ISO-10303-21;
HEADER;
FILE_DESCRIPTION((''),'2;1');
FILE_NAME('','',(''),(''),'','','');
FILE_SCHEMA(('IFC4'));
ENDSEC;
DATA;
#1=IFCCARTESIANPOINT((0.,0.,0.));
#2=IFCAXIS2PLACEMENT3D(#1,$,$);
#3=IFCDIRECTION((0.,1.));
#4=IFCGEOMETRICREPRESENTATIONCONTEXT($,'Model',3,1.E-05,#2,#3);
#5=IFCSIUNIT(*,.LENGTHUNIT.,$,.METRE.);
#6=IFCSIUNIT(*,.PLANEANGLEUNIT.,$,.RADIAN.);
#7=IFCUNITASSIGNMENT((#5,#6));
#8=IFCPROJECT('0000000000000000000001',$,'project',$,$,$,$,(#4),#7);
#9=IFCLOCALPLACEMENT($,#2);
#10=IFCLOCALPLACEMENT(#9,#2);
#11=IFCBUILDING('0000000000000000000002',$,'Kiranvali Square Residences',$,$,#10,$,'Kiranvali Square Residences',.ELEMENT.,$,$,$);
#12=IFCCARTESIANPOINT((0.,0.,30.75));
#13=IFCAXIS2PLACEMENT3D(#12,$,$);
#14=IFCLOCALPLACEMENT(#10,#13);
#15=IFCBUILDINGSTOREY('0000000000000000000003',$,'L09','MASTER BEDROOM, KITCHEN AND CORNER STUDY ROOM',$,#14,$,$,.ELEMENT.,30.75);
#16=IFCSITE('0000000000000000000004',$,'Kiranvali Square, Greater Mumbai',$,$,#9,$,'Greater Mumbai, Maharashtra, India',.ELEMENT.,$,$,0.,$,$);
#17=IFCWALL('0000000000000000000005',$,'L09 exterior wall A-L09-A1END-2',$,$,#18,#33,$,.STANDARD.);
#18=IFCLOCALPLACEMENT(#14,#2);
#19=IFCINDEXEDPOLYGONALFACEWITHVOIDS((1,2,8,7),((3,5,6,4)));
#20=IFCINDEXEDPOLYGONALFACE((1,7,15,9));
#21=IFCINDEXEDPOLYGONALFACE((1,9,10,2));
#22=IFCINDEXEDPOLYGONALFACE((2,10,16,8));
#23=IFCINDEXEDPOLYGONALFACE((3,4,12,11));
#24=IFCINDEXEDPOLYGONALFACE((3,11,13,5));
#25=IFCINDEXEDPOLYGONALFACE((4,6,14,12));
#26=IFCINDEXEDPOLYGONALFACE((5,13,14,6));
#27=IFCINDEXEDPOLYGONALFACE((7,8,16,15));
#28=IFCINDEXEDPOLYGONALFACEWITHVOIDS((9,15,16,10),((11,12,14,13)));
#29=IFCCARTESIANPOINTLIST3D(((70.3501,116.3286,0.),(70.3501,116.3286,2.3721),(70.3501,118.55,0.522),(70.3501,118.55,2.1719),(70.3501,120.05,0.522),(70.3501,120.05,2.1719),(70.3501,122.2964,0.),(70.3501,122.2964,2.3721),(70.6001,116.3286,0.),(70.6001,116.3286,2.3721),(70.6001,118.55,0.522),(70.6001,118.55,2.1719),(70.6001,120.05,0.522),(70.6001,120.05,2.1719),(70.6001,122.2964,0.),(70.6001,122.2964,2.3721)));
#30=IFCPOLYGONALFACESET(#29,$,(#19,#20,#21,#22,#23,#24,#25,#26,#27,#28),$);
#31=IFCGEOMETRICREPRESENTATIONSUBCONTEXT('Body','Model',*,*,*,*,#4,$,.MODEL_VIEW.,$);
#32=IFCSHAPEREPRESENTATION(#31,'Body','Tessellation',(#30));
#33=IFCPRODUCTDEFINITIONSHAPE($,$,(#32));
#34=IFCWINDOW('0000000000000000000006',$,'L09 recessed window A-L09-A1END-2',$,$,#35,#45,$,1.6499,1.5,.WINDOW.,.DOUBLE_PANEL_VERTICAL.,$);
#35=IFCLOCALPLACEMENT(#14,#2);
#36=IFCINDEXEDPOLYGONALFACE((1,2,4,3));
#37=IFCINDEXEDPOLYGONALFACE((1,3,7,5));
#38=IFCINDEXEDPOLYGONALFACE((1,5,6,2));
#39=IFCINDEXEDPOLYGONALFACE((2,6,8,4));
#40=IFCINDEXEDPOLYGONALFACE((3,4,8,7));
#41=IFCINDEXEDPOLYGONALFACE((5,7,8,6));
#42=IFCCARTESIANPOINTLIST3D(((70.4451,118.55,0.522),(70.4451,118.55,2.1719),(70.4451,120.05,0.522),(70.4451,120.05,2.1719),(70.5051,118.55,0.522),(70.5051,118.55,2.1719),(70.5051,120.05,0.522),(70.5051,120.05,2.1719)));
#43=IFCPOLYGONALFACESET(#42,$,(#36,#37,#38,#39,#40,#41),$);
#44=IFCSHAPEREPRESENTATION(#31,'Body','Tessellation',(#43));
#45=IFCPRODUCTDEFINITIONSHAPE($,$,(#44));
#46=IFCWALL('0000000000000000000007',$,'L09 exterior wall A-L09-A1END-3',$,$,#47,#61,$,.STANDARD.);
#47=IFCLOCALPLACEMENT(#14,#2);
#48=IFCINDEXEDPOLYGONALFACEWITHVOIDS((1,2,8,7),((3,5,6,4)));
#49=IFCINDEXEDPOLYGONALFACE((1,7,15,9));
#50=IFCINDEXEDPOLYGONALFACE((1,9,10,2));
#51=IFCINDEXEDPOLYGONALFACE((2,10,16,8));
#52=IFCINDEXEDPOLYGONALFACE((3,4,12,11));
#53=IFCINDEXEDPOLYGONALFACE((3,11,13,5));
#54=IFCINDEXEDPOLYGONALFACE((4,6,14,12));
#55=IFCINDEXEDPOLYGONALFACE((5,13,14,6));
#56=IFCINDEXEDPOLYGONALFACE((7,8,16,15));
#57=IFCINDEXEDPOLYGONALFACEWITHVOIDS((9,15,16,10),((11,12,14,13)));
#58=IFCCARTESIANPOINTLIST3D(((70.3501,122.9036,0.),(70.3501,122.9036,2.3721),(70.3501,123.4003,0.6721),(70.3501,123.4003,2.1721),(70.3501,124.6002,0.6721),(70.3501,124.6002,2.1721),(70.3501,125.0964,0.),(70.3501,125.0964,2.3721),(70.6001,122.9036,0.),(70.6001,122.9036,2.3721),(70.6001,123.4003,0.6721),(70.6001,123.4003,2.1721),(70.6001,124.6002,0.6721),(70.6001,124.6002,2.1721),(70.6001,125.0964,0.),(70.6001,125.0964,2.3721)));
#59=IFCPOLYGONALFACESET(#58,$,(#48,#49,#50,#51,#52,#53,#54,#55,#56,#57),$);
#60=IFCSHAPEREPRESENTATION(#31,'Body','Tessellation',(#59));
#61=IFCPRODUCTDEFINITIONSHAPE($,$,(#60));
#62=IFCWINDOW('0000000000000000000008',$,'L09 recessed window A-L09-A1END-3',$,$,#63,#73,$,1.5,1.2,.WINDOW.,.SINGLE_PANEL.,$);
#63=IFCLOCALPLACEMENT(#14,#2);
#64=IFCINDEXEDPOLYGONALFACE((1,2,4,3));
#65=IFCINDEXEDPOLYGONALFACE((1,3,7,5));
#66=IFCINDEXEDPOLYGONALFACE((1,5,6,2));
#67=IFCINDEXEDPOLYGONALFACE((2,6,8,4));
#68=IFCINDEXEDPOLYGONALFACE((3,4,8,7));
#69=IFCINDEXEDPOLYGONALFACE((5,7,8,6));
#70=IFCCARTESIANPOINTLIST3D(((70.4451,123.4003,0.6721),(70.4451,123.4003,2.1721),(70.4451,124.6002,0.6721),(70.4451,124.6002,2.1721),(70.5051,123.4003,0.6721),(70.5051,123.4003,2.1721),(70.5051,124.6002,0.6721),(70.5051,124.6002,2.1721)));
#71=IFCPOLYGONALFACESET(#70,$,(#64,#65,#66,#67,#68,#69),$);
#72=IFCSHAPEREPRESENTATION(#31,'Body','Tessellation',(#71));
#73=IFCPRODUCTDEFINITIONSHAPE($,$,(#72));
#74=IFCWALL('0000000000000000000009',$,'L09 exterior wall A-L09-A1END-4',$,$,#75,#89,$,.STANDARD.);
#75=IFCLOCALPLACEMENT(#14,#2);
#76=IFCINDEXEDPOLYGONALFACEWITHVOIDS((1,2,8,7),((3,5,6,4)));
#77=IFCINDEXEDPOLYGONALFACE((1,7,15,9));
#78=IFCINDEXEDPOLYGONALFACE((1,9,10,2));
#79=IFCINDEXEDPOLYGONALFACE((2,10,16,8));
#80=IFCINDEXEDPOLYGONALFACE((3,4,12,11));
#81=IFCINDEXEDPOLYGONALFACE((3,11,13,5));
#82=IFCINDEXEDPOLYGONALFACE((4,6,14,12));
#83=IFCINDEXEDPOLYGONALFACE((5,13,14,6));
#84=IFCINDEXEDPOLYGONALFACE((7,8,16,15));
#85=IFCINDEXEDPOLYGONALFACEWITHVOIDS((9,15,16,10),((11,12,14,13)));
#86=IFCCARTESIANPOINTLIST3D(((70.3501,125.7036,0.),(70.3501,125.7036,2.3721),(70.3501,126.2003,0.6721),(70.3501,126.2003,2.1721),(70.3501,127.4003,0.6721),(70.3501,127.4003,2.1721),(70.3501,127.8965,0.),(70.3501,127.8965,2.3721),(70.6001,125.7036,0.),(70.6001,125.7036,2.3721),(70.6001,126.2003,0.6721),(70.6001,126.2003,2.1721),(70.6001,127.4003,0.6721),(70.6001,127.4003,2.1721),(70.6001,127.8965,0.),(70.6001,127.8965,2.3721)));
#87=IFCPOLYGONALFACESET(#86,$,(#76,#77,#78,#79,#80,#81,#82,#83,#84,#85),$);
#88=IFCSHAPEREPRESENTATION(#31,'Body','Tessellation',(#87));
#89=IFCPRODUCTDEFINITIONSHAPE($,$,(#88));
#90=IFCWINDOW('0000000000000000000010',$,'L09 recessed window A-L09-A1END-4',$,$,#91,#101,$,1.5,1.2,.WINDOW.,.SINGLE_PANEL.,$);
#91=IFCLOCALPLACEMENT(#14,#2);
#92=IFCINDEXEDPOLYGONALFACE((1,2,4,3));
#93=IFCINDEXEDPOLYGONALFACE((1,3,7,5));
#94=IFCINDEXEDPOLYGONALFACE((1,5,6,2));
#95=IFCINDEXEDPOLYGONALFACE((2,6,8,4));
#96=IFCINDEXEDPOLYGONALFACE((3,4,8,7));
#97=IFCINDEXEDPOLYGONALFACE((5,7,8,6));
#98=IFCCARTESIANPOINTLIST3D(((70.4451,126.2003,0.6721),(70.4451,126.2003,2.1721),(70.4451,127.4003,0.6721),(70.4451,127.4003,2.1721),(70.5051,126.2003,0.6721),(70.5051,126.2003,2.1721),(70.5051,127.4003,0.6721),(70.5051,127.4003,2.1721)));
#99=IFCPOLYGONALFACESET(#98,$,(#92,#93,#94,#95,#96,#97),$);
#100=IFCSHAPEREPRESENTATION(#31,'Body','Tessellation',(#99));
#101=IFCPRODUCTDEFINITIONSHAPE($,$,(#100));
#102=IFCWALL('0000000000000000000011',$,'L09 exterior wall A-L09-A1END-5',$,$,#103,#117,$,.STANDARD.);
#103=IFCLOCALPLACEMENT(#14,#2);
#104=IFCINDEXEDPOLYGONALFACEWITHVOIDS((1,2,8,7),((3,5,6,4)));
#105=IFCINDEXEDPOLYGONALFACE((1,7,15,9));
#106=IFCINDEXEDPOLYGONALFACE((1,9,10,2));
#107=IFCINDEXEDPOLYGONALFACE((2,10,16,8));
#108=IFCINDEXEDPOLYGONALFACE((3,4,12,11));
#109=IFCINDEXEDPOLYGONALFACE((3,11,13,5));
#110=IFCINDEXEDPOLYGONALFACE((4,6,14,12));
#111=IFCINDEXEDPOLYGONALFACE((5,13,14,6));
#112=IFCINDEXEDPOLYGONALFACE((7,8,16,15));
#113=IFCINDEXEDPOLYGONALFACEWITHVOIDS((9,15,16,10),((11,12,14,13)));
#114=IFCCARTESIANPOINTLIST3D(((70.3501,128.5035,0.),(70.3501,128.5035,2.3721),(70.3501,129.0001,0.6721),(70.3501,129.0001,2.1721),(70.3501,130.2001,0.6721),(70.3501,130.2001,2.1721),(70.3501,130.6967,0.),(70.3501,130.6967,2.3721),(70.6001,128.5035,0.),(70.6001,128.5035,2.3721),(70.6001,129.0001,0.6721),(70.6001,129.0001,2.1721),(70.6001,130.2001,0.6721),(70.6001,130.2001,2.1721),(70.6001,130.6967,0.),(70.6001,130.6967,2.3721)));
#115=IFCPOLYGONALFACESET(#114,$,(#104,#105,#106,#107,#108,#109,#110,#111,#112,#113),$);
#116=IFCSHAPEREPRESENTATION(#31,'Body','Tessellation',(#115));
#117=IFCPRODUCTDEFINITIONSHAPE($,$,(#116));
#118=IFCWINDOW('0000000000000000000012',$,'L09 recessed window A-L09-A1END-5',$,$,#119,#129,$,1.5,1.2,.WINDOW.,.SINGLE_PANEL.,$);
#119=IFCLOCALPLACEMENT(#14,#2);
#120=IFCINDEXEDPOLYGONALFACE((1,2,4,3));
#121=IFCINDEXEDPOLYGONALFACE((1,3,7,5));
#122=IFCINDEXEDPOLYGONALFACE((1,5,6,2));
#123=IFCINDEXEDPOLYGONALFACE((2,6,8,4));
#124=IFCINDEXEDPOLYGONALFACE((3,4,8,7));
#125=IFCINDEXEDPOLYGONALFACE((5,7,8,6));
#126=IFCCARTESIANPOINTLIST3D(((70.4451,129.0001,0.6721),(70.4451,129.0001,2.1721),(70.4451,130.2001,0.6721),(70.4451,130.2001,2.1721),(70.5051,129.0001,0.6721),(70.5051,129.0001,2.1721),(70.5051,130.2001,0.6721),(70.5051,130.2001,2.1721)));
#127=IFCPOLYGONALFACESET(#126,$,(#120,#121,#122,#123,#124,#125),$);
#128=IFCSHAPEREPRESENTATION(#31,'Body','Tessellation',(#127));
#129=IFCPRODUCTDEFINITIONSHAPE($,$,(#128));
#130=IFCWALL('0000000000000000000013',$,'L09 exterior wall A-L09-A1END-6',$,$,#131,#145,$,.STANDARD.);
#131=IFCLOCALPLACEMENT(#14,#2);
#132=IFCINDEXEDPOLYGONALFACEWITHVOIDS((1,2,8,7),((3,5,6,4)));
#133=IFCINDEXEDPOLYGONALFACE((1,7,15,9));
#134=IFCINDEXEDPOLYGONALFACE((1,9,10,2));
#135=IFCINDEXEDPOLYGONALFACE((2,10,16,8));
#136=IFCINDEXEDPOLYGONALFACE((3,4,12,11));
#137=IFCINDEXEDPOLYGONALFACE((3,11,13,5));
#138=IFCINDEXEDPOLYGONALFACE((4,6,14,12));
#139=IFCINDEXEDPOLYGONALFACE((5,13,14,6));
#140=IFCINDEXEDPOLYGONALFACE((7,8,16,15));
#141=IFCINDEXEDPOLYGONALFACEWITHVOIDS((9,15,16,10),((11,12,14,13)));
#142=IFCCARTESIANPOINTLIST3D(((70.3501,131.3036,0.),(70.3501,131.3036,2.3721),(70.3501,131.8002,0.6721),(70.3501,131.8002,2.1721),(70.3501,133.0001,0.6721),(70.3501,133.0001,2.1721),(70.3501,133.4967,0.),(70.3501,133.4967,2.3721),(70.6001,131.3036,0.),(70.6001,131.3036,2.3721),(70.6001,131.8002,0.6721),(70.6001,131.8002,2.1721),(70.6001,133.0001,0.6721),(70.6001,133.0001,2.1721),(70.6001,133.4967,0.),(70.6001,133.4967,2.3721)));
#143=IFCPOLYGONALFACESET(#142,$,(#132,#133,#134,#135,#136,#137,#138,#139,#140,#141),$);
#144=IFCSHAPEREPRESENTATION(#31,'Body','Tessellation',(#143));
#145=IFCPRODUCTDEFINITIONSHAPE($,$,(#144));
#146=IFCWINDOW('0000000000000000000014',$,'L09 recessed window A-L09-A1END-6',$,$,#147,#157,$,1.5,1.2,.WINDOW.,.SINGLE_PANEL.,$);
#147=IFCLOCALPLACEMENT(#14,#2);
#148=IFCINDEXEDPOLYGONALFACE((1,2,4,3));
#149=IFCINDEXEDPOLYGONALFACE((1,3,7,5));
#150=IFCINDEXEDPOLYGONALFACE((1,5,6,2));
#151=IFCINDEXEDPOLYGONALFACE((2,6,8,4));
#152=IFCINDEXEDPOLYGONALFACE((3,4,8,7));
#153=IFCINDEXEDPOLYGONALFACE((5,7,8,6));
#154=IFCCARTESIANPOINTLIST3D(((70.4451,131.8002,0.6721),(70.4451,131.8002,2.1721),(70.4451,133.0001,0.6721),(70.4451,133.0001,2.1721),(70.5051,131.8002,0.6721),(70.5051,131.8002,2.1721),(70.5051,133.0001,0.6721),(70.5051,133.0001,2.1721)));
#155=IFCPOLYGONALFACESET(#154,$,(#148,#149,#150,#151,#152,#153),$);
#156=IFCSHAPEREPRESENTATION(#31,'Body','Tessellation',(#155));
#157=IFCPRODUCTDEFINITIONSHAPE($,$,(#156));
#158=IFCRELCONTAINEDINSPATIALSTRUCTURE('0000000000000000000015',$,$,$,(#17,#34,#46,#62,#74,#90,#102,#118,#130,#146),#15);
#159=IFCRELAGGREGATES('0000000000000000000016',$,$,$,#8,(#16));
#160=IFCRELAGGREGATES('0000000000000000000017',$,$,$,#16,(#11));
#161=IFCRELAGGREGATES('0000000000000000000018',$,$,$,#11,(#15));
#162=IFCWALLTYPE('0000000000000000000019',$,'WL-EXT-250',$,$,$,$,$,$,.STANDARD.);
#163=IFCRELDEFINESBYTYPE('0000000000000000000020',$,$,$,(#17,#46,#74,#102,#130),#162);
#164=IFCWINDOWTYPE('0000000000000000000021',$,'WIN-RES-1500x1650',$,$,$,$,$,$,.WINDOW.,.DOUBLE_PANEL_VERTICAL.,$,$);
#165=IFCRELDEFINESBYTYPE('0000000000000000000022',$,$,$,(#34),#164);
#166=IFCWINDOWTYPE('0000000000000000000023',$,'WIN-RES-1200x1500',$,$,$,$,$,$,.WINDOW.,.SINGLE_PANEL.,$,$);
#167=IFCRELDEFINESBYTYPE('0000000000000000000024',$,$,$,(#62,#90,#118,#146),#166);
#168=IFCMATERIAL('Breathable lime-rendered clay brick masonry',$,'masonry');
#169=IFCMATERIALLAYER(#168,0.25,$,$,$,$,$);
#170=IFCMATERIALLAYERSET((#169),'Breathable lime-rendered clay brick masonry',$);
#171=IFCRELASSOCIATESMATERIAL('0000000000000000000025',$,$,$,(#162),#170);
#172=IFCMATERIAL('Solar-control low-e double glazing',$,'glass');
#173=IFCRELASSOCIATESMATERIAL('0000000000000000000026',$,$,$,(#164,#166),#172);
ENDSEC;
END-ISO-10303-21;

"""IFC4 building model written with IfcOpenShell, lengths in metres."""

from ifc_helpers import new_model, si_unit, direction, frame, frame_2d, origin, place, context, subcontext, project, spatial, rectangle, extrude, material, layer, layer_set, type_object, element, fill, save


model = new_model("IFC4")

# Units and contexts
model_context = context("Model", 3, precision=1e-05, world=origin(), true_north=direction((0.0, 1.0)))
body_context = subcontext(model_context, "Body", "Model", "MODEL_VIEW")
ifc_project = project(units=[si_unit("LENGTHUNIT", "METRE"), si_unit("PLANEANGLEUNIT", "RADIAN")], contexts=[model_context])

# Site, building, storey
site_placement = place(None, origin())
site = spatial("IfcSite", under=ifc_project, at=site_placement, Name="Kiranvali Square, Greater Mumbai", LongName="Greater Mumbai, Maharashtra, India", CompositionType="ELEMENT", RefElevation=0.0)
building_placement = place(site_placement, origin())
building = spatial("IfcBuilding", under=site, at=building_placement, Name="Kiranvali Square Residences", LongName="Kiranvali Square Residences", CompositionType="ELEMENT")
storey_placement = place(building_placement, frame((0.0, 0.0, 30.75)))
storey = spatial("IfcBuildingStorey", under=building, at=storey_placement, Name="L09", Description="MASTER BEDROOM, KITCHEN AND CORNER STUDY ROOM", CompositionType="ELEMENT", Elevation=30.75)

# Walls, openings, windows
ifc_material_1 = material(Name="Breathable lime-rendered clay brick masonry", Category="masonry")
ifc_layer_1 = layer(ifc_material_1, 0.25)
ifc_layer_set_1 = layer_set([ifc_layer_1], Name="Breathable lime-rendered clay brick masonry")
wall_type_1 = type_object("IfcWallType", Name="WL-EXT-250", PredefinedType="STANDARD", material=ifc_layer_set_1)
ifc_material_2 = material(Name="Solar-control low-e double glazing", Category="glass")
wall_1_placement = place(storey_placement, frame((70.4751, 116.3286, 0.0), z_axis=(0.0, 0.0, 1.0), x_axis=(0.0, 1.0, 0.0)))
wall_1 = element("IfcWall", 1, at=wall_1_placement, inside=storey, type_object=wall_type_1, Name="L09 exterior wall A-L09-A1END-2", PredefinedType="STANDARD", context=body_context, shape_type="SweptSolid", body=[
    extrude(rectangle(XDim=5.9678, YDim=0.25, at=frame_2d((2.9839, 0.0))), origin(), (0.0, 0.0, 1.0), 2.3721),
])
opening_1_placement = place(wall_1_placement, frame((2.2214, 0.0, 0.522)))
opening_1 = element("IfcOpeningElement", 2, at=opening_1_placement, cuts=wall_1, PredefinedType="OPENING", context=body_context, shape_type="SweptSolid", body=[
    extrude(rectangle(XDim=1.5, YDim=1.6499, at=frame_2d((0.75, 0.825))), frame((0.0, 0.135, 0.0), z_axis=(0.0, -1.0, 0.0), x_axis=(1.0, 0.0, 0.0)), (0.0, 0.0, 1.0), 0.27),
])
window_type_1 = type_object("IfcWindowType", Name="WIN-RES-1500x1650", PartitioningType="DOUBLE_PANEL_VERTICAL", PredefinedType="WINDOW", material=ifc_material_2)
window_1_placement = place(opening_1_placement, origin())
window_1 = element("IfcWindow", 3, at=window_1_placement, inside=storey, type_object=window_type_1, Name="L09 recessed window A-L09-A1END-2", OverallHeight=1.6499, OverallWidth=1.5, PartitioningType="DOUBLE_PANEL_VERTICAL", PredefinedType="WINDOW", context=body_context, shape_type="SweptSolid", body=[
    extrude(rectangle(XDim=1.5, YDim=1.6499, at=frame_2d((0.75, 0.825))), frame((0.0, 0.03, 0.0), z_axis=(0.0, -1.0, 0.0), x_axis=(1.0, 0.0, 0.0)), (0.0, 0.0, 1.0), 0.0601),
])
fill(opening_1, window_1)
wall_2_placement = place(storey_placement, frame((70.4751, 122.9036, 0.0), z_axis=(0.0, 0.0, 1.0), x_axis=(0.0, 1.0, 0.0)))
wall_2 = element("IfcWall", 4, at=wall_2_placement, inside=storey, type_object=wall_type_1, Name="L09 exterior wall A-L09-A1END-3", PredefinedType="STANDARD", context=body_context, shape_type="SweptSolid", body=[
    extrude(rectangle(XDim=2.1929, YDim=0.25, at=frame_2d((1.0964, 0.0))), origin(), (0.0, 0.0, 1.0), 2.3721),
])
opening_2_placement = place(wall_2_placement, frame((0.4966, 0.0, 0.6721)))
opening_2 = element("IfcOpeningElement", 5, at=opening_2_placement, cuts=wall_2, PredefinedType="OPENING", context=body_context, shape_type="SweptSolid", body=[
    extrude(rectangle(XDim=1.2, YDim=1.5, at=frame_2d((0.6001, 0.75))), frame((0.0, 0.135, 0.0), z_axis=(0.0, -1.0, 0.0), x_axis=(1.0, 0.0, 0.0)), (0.0, 0.0, 1.0), 0.27),
])
window_type_2 = type_object("IfcWindowType", Name="WIN-RES-1200x1500", PartitioningType="SINGLE_PANEL", PredefinedType="WINDOW", material=ifc_material_2)
window_2_placement = place(opening_2_placement, origin())
window_2 = element("IfcWindow", 6, at=window_2_placement, inside=storey, type_object=window_type_2, Name="L09 recessed window A-L09-A1END-3", OverallHeight=1.5, OverallWidth=1.2, PartitioningType="SINGLE_PANEL", PredefinedType="WINDOW", context=body_context, shape_type="SweptSolid", body=[
    extrude(rectangle(XDim=1.2, YDim=1.5, at=frame_2d((0.6001, 0.75))), frame((0.0, 0.03, 0.0), z_axis=(0.0, -1.0, 0.0), x_axis=(1.0, 0.0, 0.0)), (0.0, 0.0, 1.0), 0.0601),
])
fill(opening_2, window_2)
wall_3_placement = place(storey_placement, frame((70.4751, 125.7036, 0.0), z_axis=(0.0, 0.0, 1.0), x_axis=(0.0, 1.0, 0.0)))
wall_3 = element("IfcWall", 7, at=wall_3_placement, inside=storey, type_object=wall_type_1, Name="L09 exterior wall A-L09-A1END-4", PredefinedType="STANDARD", context=body_context, shape_type="SweptSolid", body=[
    extrude(rectangle(XDim=2.1929, YDim=0.25, at=frame_2d((1.0964, 0.0))), origin(), (0.0, 0.0, 1.0), 2.3721),
])
opening_3_placement = place(wall_3_placement, frame((0.4966, 0.0, 0.6721)))
opening_3 = element("IfcOpeningElement", 8, at=opening_3_placement, cuts=wall_3, PredefinedType="OPENING", context=body_context, shape_type="SweptSolid", body=[
    extrude(rectangle(XDim=1.2, YDim=1.5, at=frame_2d((0.6001, 0.75))), frame((0.0, 0.135, 0.0), z_axis=(0.0, -1.0, 0.0), x_axis=(1.0, 0.0, 0.0)), (0.0, 0.0, 1.0), 0.27),
])
window_3_placement = place(opening_3_placement, origin())
window_3 = element("IfcWindow", 9, at=window_3_placement, inside=storey, type_object=window_type_2, Name="L09 recessed window A-L09-A1END-4", OverallHeight=1.5, OverallWidth=1.2, PartitioningType="SINGLE_PANEL", PredefinedType="WINDOW", context=body_context, shape_type="SweptSolid", body=[
    extrude(rectangle(XDim=1.2, YDim=1.5, at=frame_2d((0.6001, 0.75))), frame((0.0, 0.03, 0.0), z_axis=(0.0, -1.0, 0.0), x_axis=(1.0, 0.0, 0.0)), (0.0, 0.0, 1.0), 0.0601),
])
fill(opening_3, window_3)
wall_4_placement = place(storey_placement, frame((70.4751, 128.5034, 0.0), z_axis=(0.0, 0.0, 1.0), x_axis=(0.0, 1.0, 0.0)))
wall_4 = element("IfcWall", 10, at=wall_4_placement, inside=storey, type_object=wall_type_1, Name="L09 exterior wall A-L09-A1END-5", PredefinedType="STANDARD", context=body_context, shape_type="SweptSolid", body=[
    extrude(rectangle(XDim=2.1931, YDim=0.25, at=frame_2d((1.0967, 0.0))), origin(), (0.0, 0.0, 1.0), 2.3721),
])
opening_4_placement = place(wall_4_placement, frame((0.4966, 0.0, 0.6721)))
opening_4 = element("IfcOpeningElement", 11, at=opening_4_placement, cuts=wall_4, PredefinedType="OPENING", context=body_context, shape_type="SweptSolid", body=[
    extrude(rectangle(XDim=1.2, YDim=1.5, at=frame_2d((0.6001, 0.75))), frame((0.0, 0.135, 0.0), z_axis=(0.0, -1.0, 0.0), x_axis=(1.0, 0.0, 0.0)), (0.0, 0.0, 1.0), 0.27),
])
window_4_placement = place(opening_4_placement, origin())
window_4 = element("IfcWindow", 12, at=window_4_placement, inside=storey, type_object=window_type_2, Name="L09 recessed window A-L09-A1END-5", OverallHeight=1.5, OverallWidth=1.2, PartitioningType="SINGLE_PANEL", PredefinedType="WINDOW", context=body_context, shape_type="SweptSolid", body=[
    extrude(rectangle(XDim=1.2, YDim=1.5, at=frame_2d((0.6001, 0.75))), frame((0.0, 0.03, 0.0), z_axis=(0.0, -1.0, 0.0), x_axis=(1.0, 0.0, 0.0)), (0.0, 0.0, 1.0), 0.0601),
])
fill(opening_4, window_4)
wall_5_placement = place(storey_placement, frame((70.4751, 131.3035, 0.0), z_axis=(0.0, 0.0, 1.0), x_axis=(0.0, 1.0, 0.0)))
wall_5 = element("IfcWall", 13, at=wall_5_placement, inside=storey, type_object=wall_type_1, Name="L09 exterior wall A-L09-A1END-6", PredefinedType="STANDARD", context=body_context, shape_type="SweptSolid", body=[
    extrude(rectangle(XDim=2.1931, YDim=0.25, at=frame_2d((1.0967, 0.0))), origin(), (0.0, 0.0, 1.0), 2.3721),
])
opening_5_placement = place(wall_5_placement, frame((0.4966, 0.0, 0.6721)))
opening_5 = element("IfcOpeningElement", 14, at=opening_5_placement, cuts=wall_5, PredefinedType="OPENING", context=body_context, shape_type="SweptSolid", body=[
    extrude(rectangle(XDim=1.2, YDim=1.5, at=frame_2d((0.6001, 0.75))), frame((0.0, 0.135, 0.0), z_axis=(0.0, -1.0, 0.0), x_axis=(1.0, 0.0, 0.0)), (0.0, 0.0, 1.0), 0.27),
])
window_5_placement = place(opening_5_placement, origin())
window_5 = element("IfcWindow", 15, at=window_5_placement, inside=storey, type_object=window_type_2, Name="L09 recessed window A-L09-A1END-6", OverallHeight=1.5, OverallWidth=1.2, PartitioningType="SINGLE_PANEL", PredefinedType="WINDOW", context=body_context, shape_type="SweptSolid", body=[
    extrude(rectangle(XDim=1.2, YDim=1.5, at=frame_2d((0.6001, 0.75))), frame((0.0, 0.03, 0.0), z_axis=(0.0, -1.0, 0.0), x_axis=(1.0, 0.0, 0.0)), (0.0, 0.0, 1.0), 0.0601),
])
fill(opening_5, window_5)

save(model, "model.ifc")
